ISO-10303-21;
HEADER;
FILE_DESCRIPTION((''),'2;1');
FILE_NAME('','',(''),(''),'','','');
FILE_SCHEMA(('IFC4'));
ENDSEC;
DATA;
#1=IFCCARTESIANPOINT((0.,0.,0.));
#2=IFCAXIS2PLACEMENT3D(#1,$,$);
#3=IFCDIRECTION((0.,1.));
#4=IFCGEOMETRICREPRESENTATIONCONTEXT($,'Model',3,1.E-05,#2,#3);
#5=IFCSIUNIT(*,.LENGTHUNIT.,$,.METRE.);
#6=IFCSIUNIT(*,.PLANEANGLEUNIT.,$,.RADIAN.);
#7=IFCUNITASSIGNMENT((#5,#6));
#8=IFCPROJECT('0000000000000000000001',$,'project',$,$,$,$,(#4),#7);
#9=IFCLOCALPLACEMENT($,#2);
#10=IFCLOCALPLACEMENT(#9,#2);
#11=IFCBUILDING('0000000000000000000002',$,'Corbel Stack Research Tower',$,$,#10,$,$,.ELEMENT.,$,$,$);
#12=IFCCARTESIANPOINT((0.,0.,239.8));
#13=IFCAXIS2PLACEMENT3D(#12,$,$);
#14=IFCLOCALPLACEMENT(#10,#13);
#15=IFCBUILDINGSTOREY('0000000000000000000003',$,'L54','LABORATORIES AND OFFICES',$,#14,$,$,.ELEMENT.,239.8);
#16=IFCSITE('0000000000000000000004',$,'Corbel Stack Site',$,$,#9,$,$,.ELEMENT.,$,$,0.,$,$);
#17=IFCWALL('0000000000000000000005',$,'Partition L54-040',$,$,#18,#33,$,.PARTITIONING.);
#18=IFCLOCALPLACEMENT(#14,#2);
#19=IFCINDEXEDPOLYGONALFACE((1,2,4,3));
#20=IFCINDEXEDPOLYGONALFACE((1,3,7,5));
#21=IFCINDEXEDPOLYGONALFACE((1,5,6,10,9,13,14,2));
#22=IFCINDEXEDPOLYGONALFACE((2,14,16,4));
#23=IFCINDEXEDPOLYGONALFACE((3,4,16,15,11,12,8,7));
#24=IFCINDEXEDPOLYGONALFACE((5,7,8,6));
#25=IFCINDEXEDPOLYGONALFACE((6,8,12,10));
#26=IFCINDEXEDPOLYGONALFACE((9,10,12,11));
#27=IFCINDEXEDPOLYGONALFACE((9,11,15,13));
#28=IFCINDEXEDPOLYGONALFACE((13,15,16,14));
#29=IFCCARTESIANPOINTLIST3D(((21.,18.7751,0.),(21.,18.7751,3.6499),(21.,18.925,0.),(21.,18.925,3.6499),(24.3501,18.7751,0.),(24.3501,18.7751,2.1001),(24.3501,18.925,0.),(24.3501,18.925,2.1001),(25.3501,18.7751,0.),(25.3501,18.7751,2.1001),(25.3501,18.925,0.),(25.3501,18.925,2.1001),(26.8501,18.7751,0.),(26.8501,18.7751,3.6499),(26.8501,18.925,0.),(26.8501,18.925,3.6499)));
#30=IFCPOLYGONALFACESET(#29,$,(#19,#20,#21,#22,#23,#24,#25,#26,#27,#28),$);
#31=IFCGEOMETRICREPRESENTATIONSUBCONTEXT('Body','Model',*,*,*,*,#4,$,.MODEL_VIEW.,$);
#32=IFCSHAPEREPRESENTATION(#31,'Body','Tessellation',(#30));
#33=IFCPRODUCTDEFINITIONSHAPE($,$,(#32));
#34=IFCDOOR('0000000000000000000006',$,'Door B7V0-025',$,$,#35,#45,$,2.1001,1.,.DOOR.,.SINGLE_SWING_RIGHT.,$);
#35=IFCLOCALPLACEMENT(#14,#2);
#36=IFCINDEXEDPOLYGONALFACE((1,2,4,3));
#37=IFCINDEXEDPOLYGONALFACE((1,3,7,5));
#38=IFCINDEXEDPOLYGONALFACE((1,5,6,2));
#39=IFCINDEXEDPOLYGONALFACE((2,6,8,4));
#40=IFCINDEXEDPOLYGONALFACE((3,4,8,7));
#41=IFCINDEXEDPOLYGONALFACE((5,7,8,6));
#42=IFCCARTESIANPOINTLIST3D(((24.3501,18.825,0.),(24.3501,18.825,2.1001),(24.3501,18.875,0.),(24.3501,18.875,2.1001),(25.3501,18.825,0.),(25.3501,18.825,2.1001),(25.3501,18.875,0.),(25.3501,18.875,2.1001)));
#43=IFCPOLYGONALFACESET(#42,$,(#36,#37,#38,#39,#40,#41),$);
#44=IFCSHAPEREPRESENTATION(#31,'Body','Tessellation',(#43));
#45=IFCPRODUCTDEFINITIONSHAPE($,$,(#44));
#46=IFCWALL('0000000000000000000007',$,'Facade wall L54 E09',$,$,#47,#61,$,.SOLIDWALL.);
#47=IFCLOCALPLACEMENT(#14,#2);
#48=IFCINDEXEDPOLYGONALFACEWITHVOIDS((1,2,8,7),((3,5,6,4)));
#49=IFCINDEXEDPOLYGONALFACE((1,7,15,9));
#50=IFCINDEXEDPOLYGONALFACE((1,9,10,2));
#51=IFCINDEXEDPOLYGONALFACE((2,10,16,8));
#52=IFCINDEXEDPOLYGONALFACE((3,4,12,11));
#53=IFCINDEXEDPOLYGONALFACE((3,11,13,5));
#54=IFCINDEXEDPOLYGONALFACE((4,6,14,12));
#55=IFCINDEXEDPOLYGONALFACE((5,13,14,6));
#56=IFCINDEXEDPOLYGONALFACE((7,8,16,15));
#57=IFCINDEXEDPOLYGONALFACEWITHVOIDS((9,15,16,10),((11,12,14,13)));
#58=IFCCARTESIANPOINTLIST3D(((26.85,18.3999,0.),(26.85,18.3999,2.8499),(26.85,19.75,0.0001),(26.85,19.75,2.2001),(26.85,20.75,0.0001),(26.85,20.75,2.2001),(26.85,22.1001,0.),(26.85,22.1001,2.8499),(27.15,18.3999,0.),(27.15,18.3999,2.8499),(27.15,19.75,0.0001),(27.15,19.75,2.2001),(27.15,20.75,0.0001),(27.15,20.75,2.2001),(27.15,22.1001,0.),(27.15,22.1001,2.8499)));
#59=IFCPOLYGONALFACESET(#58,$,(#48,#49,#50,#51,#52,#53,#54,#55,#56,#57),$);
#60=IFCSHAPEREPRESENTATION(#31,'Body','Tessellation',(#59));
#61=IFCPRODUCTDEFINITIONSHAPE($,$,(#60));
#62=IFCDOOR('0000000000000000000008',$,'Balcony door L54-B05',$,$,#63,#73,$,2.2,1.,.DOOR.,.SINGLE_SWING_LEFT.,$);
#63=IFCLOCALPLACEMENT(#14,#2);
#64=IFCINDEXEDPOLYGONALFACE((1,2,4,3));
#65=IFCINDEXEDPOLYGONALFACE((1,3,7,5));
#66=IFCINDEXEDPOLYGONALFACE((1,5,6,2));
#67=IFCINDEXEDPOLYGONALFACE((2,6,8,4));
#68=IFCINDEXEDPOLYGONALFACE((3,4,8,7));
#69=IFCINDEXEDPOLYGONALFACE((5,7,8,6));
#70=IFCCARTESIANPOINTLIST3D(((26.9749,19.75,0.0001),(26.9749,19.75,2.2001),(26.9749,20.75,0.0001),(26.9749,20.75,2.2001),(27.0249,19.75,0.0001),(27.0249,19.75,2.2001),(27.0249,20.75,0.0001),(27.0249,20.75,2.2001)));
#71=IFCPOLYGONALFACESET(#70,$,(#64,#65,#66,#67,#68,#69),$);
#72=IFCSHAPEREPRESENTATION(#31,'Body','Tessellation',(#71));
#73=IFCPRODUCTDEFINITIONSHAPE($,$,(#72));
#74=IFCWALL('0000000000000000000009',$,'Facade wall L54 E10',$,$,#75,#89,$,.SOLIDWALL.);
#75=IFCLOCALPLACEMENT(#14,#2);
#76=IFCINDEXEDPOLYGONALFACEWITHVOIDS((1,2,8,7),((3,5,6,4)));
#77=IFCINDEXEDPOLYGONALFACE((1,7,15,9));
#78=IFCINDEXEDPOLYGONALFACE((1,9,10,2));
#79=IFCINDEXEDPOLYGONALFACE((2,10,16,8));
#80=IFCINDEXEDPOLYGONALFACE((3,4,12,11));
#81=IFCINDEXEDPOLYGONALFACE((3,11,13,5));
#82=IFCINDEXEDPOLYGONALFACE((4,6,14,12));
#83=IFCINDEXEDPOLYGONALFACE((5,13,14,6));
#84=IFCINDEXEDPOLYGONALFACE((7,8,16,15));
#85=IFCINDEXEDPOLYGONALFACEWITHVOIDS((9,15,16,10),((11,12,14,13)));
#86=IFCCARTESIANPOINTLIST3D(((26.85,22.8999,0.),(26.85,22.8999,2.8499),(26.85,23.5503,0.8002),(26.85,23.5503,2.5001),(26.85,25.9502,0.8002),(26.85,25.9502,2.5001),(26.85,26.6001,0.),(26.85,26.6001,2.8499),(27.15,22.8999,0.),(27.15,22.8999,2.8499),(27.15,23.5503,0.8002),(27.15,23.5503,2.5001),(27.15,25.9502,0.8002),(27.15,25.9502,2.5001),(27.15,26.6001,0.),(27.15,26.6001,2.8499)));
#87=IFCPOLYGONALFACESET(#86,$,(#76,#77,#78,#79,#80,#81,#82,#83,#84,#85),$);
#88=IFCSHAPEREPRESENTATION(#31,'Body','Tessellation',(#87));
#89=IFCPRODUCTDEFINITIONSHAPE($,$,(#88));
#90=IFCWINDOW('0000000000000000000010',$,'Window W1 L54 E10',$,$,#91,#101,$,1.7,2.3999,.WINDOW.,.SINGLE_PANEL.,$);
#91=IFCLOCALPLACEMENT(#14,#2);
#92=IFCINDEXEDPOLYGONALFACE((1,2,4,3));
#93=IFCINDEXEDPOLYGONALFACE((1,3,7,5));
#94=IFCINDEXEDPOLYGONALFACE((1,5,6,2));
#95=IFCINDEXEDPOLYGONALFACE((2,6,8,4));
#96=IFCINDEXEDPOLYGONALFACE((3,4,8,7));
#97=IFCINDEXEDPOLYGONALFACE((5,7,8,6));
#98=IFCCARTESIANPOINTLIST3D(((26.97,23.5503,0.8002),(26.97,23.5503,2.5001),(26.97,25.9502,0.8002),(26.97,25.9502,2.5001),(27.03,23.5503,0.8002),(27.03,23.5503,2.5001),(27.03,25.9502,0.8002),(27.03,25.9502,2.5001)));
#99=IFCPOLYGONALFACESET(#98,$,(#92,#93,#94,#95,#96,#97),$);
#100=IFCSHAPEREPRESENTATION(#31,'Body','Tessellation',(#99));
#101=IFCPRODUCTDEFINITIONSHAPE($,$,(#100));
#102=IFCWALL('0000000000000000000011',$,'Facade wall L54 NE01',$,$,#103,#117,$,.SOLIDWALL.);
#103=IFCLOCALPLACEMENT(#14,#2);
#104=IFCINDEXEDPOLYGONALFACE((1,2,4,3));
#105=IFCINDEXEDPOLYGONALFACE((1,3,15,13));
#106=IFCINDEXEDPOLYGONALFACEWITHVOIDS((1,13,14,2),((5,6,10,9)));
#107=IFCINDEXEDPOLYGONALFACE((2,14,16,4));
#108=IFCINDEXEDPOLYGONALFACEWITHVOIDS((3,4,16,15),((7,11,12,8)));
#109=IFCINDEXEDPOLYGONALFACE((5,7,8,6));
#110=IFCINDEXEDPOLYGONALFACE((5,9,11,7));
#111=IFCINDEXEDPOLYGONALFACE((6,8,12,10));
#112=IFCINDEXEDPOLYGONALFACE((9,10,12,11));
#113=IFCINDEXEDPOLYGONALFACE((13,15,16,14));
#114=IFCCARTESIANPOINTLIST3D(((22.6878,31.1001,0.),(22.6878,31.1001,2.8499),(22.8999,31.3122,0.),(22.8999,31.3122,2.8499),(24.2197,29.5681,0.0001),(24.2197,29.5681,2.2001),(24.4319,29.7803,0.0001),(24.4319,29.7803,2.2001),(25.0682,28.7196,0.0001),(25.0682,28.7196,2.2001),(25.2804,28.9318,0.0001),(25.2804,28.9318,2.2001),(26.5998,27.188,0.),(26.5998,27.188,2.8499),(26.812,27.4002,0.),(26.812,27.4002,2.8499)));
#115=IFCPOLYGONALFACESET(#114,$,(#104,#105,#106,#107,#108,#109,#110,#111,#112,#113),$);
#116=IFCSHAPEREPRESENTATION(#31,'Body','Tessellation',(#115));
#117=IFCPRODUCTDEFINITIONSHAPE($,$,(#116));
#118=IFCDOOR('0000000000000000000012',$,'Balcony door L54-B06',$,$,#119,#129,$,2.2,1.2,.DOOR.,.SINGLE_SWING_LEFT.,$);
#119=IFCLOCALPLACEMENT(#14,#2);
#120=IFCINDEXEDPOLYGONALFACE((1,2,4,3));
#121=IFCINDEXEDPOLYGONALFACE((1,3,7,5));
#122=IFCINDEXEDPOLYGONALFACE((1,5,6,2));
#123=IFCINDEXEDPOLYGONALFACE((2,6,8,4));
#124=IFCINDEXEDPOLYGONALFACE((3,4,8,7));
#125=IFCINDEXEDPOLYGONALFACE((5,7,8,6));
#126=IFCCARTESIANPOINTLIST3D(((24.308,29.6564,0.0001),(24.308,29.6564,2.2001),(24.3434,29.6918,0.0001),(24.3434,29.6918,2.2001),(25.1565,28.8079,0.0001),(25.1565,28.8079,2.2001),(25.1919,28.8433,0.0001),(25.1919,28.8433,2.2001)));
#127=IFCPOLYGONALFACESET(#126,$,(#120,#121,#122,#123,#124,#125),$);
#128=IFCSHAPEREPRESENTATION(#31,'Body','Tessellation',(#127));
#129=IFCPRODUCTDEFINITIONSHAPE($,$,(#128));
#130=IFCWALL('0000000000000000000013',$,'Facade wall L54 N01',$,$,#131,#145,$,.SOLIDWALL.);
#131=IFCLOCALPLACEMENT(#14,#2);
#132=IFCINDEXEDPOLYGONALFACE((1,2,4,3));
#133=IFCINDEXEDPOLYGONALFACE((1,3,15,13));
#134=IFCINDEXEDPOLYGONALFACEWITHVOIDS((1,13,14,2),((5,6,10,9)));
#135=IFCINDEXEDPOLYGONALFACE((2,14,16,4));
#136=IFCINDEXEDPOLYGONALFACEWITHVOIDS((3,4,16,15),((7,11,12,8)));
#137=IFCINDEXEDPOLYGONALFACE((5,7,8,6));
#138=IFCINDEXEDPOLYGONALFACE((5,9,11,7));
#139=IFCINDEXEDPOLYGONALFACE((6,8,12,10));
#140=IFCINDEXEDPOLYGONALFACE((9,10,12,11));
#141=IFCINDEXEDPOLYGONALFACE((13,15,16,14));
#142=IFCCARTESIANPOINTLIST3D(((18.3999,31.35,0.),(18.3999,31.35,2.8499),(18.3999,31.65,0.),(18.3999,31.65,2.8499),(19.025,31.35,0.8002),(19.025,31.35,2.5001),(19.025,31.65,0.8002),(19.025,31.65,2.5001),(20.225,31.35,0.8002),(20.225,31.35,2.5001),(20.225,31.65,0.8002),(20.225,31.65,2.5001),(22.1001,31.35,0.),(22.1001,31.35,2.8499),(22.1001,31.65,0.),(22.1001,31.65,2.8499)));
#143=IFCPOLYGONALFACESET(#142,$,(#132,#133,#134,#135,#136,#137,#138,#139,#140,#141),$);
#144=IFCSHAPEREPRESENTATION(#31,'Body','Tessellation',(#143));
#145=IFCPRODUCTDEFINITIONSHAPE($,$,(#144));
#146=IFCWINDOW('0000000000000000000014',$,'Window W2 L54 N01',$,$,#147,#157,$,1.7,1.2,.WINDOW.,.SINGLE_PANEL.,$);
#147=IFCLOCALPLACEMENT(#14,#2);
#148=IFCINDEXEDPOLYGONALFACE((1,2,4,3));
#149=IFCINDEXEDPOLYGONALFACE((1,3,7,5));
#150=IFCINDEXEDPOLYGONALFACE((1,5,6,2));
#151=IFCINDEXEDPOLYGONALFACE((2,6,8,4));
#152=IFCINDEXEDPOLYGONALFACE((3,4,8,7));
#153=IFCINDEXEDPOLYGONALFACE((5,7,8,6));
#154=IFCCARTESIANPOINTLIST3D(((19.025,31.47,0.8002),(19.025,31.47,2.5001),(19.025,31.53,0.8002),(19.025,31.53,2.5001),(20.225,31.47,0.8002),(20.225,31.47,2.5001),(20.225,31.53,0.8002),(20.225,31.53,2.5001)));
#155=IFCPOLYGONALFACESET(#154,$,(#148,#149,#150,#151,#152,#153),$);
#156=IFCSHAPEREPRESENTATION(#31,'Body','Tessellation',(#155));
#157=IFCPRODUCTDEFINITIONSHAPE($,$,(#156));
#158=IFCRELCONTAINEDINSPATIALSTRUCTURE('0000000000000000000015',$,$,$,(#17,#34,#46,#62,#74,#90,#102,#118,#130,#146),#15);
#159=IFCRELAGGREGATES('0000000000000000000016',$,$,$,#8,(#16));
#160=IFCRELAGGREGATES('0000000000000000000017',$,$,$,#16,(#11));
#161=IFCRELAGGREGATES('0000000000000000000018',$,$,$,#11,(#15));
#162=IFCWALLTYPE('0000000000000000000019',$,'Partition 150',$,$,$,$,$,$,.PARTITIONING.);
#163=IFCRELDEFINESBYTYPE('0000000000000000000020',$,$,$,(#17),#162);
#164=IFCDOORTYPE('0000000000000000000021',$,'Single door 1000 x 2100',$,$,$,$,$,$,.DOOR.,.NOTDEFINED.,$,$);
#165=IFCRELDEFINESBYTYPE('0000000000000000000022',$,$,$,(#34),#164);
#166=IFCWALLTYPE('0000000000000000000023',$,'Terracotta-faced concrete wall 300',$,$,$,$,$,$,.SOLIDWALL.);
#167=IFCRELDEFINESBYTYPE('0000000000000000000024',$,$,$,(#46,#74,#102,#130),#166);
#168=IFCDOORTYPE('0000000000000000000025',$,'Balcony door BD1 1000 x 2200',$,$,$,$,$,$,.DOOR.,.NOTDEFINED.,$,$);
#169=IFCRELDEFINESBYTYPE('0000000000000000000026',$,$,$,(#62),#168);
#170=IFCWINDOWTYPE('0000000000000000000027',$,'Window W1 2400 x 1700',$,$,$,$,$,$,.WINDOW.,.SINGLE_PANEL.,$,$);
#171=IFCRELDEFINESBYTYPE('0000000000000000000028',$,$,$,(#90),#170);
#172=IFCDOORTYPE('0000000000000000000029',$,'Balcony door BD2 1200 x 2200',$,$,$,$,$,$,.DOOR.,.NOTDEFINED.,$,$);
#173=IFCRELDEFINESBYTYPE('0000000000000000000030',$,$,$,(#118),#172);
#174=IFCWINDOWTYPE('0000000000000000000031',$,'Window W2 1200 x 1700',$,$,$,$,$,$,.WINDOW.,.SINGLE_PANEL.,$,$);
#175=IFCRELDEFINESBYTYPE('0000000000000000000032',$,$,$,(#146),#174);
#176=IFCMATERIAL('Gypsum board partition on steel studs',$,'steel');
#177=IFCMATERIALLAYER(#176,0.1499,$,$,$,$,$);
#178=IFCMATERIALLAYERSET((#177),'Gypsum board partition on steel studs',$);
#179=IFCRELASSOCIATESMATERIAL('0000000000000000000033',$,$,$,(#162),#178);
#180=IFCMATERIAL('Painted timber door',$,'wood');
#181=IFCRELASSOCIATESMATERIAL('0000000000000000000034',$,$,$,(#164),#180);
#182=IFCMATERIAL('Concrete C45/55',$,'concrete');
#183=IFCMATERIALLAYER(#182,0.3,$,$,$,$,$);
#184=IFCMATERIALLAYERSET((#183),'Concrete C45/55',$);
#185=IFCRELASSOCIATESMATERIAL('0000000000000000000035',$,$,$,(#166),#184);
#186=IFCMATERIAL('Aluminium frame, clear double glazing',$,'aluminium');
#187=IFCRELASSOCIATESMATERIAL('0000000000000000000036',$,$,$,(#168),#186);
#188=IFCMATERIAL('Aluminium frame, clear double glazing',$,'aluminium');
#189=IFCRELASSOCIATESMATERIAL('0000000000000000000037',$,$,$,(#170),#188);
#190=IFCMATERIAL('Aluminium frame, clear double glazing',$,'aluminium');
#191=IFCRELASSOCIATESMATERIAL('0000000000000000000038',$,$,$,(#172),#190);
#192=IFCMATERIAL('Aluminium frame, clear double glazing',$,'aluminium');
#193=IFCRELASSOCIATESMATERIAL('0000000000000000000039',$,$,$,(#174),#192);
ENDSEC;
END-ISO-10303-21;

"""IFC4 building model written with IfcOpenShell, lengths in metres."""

from ifc_helpers import new_model, si_unit, direction, frame, frame_2d, origin, place, context, subcontext, project, spatial, rectangle, extrude, material, layer, layer_set, type_object, element, fill, save


model = new_model("IFC4")

# Units and contexts
model_context = context("Model", 3, precision=1e-05, world=origin(), true_north=direction((0.0, 1.0)))
body_context = subcontext(model_context, "Body", "Model", "MODEL_VIEW")
ifc_project = project(units=[si_unit("LENGTHUNIT", "METRE"), si_unit("PLANEANGLEUNIT", "RADIAN")], contexts=[model_context])

# Site, building, storey
site_placement = place(None, origin())
site = spatial("IfcSite", under=ifc_project, at=site_placement, Name="Corbel Stack Site", CompositionType="ELEMENT", RefElevation=0.0)
building_placement = place(site_placement, origin())
building = spatial("IfcBuilding", under=site, at=building_placement, Name="Corbel Stack Research Tower", CompositionType="ELEMENT")
storey_placement = place(building_placement, frame((0.0, 0.0, 239.8)))
storey = spatial("IfcBuildingStorey", under=building, at=storey_placement, Name="L54", Description="LABORATORIES AND OFFICES", CompositionType="ELEMENT", Elevation=239.8)

# Walls, openings, doors
ifc_material_1 = material(Name="Gypsum board partition on steel studs", Category="steel")
ifc_layer_1 = layer(ifc_material_1, 0.1499)
ifc_layer_set_1 = layer_set([ifc_layer_1], Name="Gypsum board partition on steel studs")
wall_type_1 = type_object("IfcWallType", Name="Partition 150", PredefinedType="PARTITIONING", material=ifc_layer_set_1)
wall_1_placement = place(storey_placement, frame((21.0, 18.8501, 0.0), z_axis=(0.0, 0.0, 1.0), x_axis=(1.0, 0.0, 0.0)))
wall_1 = element("IfcWall", 1, at=wall_1_placement, inside=storey, type_object=wall_type_1, Name="Partition L54-040", PredefinedType="PARTITIONING", context=body_context, shape_type="SweptSolid", body=[
    extrude(rectangle(XDim=5.8501, YDim=0.1499, at=frame_2d((2.925, 0.0))), origin(), (0.0, 0.0, 1.0), 3.6499),
])
opening_1_placement = place(wall_1_placement, frame((3.3501, 0.0, 0.0)))
opening_1 = element("IfcOpeningElement", 2, at=opening_1_placement, cuts=wall_1, PredefinedType="OPENING", context=body_context, shape_type="SweptSolid", body=[
    extrude(rectangle(XDim=1.0, YDim=2.1001, at=frame_2d((0.5, 1.05))), frame((0.0, 0.085, 0.0), z_axis=(0.0, -1.0, 0.0), x_axis=(1.0, 0.0, 0.0)), (0.0, 0.0, 1.0), 0.1699),
])
ifc_material_2 = material(Name="Painted timber door", Category="wood")
door_type_1 = type_object("IfcDoorType", Name="Single door 1000 x 2100", OperationType="NOTDEFINED", PredefinedType="DOOR", material=ifc_material_2)
door_1_placement = place(opening_1_placement, origin())
door_1 = element("IfcDoor", 3, at=door_1_placement, inside=storey, type_object=door_type_1, Name="Door B7V0-025", OperationType="SINGLE_SWING_RIGHT", OverallHeight=2.1001, OverallWidth=1.0, PredefinedType="DOOR", context=body_context, shape_type="SweptSolid", body=[
    extrude(rectangle(XDim=1.0, YDim=2.1001, at=frame_2d((0.5, 1.05))), frame((0.0, 0.0249, 0.0), z_axis=(0.0, -1.0, 0.0), x_axis=(1.0, 0.0, 0.0)), (0.0, 0.0, 1.0), 0.05),
])
fill(opening_1, door_1)
ifc_material_3 = material(Name="Concrete C45/55", Category="concrete")
ifc_layer_2 = layer(ifc_material_3, 0.3)
ifc_layer_set_2 = layer_set([ifc_layer_2], Name="Concrete C45/55")
wall_type_2 = type_object("IfcWallType", Name="Terracotta-faced concrete wall 300", PredefinedType="SOLIDWALL", material=ifc_layer_set_2)
wall_2_placement = place(storey_placement, frame((27.0, 22.1001, 0.0), z_axis=(0.0, 0.0, 1.0), x_axis=(0.0, -1.0, 0.0)))
wall_2 = element("IfcWall", 4, at=wall_2_placement, inside=storey, type_object=wall_type_2, Name="Facade wall L54 E09", PredefinedType="SOLIDWALL", context=body_context, shape_type="SweptSolid", body=[
    extrude(rectangle(XDim=3.7002, YDim=0.3, at=frame_2d((1.8501, 0.0))), origin(), (0.0, 0.0, 1.0), 2.8499),
])
opening_2_placement = place(wall_2_placement, frame((1.3501, 0.0, 0.0)))
opening_2 = element("IfcOpeningElement", 5, at=opening_2_placement, cuts=wall_2, PredefinedType="OPENING", context=body_context, shape_type="SweptSolid", body=[
    extrude(rectangle(XDim=1.0, YDim=2.2, at=frame_2d((0.5, 1.1001))), frame((0.0, 0.1599, 0.0), z_axis=(0.0, -1.0, 0.0), x_axis=(1.0, 0.0, 0.0)), (0.0, 0.0, 1.0), 0.3201),
])
ifc_material_4 = material(Name="Aluminium frame, clear double glazing", Category="aluminium")
door_type_2 = type_object("IfcDoorType", Name="Balcony door BD1 1000 x 2200", OperationType="NOTDEFINED", PredefinedType="DOOR", material=ifc_material_4)
door_2_placement = place(opening_2_placement, origin())
door_2 = element("IfcDoor", 6, at=door_2_placement, inside=storey, type_object=door_type_2, Name="Balcony door L54-B05", OperationType="SINGLE_SWING_LEFT", OverallHeight=2.2, OverallWidth=1.0, PredefinedType="DOOR", context=body_context, shape_type="SweptSolid", body=[
    extrude(rectangle(XDim=1.0, YDim=2.2, at=frame_2d((0.5, 1.1001))), frame((0.0, 0.0249, 0.0), z_axis=(0.0, -1.0, 0.0), x_axis=(1.0, 0.0, 0.0)), (0.0, 0.0, 1.0), 0.05),
])
fill(opening_2, door_2)

# Wall, opening, window
wall_3_placement = place(storey_placement, frame((27.0, 26.6001, 0.0), z_axis=(0.0, 0.0, 1.0), x_axis=(0.0, -1.0, 0.0)))
wall_3 = element("IfcWall", 7, at=wall_3_placement, inside=storey, type_object=wall_type_2, Name="Facade wall L54 E10", PredefinedType="SOLIDWALL", context=body_context, shape_type="SweptSolid", body=[
    extrude(rectangle(XDim=3.7002, YDim=0.3, at=frame_2d((1.8501, 0.0))), origin(), (0.0, 0.0, 1.0), 2.8499),
])
opening_3_placement = place(wall_3_placement, frame((0.6499, 0.0, 0.8)))
opening_3 = element("IfcOpeningElement", 8, at=opening_3_placement, cuts=wall_3, PredefinedType="OPENING", context=body_context, shape_type="SweptSolid", body=[
    extrude(rectangle(XDim=2.3999, YDim=1.7, at=frame_2d((1.2, 0.8501))), frame((0.0, 0.1599, 0.0), z_axis=(0.0, -1.0, 0.0), x_axis=(1.0, 0.0, 0.0)), (0.0, 0.0, 1.0), 0.3201),
])
ifc_material_5 = material(Name="Aluminium frame, clear double glazing", Category="aluminium")
window_type_1 = type_object("IfcWindowType", Name="Window W1 2400 x 1700", PartitioningType="SINGLE_PANEL", PredefinedType="WINDOW", material=ifc_material_5)
window_1_placement = place(opening_3_placement, origin())
window_1 = element("IfcWindow", 9, at=window_1_placement, inside=storey, type_object=window_type_1, Name="Window W1 L54 E10", OverallHeight=1.7, OverallWidth=2.3999, PartitioningType="SINGLE_PANEL", PredefinedType="WINDOW", context=body_context, shape_type="SweptSolid", body=[
    extrude(rectangle(XDim=2.3999, YDim=1.7, at=frame_2d((1.2, 0.8501))), frame((0.0, 0.03, 0.0), z_axis=(0.0, -1.0, 0.0), x_axis=(1.0, 0.0, 0.0)), (0.0, 0.0, 1.0), 0.0601),
])
fill(opening_3, window_1)

# Wall, opening, door
wall_4_placement = place(storey_placement, frame((22.7939, 31.2061, 0.0), z_axis=(0.0, 0.0, 1.0), x_axis=(0.707107, -0.707107, 0.0)))
wall_4 = element("IfcWall", 10, at=wall_4_placement, inside=storey, type_object=wall_type_2, Name="Facade wall L54 NE01", PredefinedType="SOLIDWALL", context=body_context, shape_type="SweptSolid", body=[
    extrude(rectangle(XDim=5.5325, YDim=0.3, at=frame_2d((2.7661, 0.0))), origin(), (0.0, 0.0, 1.0), 2.8499),
])
opening_4_placement = place(wall_4_placement, frame((2.1663, 0.0, 0.0)))
opening_4 = element("IfcOpeningElement", 11, at=opening_4_placement, cuts=wall_4, PredefinedType="OPENING", context=body_context, shape_type="SweptSolid", body=[
    extrude(rectangle(XDim=1.2, YDim=2.2, at=frame_2d((0.6001, 1.1001))), frame((0.0, 0.1599, 0.0), z_axis=(0.0, -1.0, 0.0), x_axis=(1.0, 0.0, 0.0)), (0.0, 0.0, 1.0), 0.3201),
])
ifc_material_6 = material(Name="Aluminium frame, clear double glazing", Category="aluminium")
door_type_3 = type_object("IfcDoorType", Name="Balcony door BD2 1200 x 2200", OperationType="NOTDEFINED", PredefinedType="DOOR", material=ifc_material_6)
door_3_placement = place(opening_4_placement, origin())
door_3 = element("IfcDoor", 12, at=door_3_placement, inside=storey, type_object=door_type_3, Name="Balcony door L54-B06", OperationType="SINGLE_SWING_LEFT", OverallHeight=2.2, OverallWidth=1.2, PredefinedType="DOOR", context=body_context, shape_type="SweptSolid", body=[
    extrude(rectangle(XDim=1.2, YDim=2.2, at=frame_2d((0.6001, 1.1001))), frame((0.0, 0.0249, 0.0), z_axis=(0.0, -1.0, 0.0), x_axis=(1.0, 0.0, 0.0)), (0.0, 0.0, 1.0), 0.05),
])
fill(opening_4, door_3)

# Wall, opening, window
wall_5_placement = place(storey_placement, frame((18.3999, 31.5, 0.0), z_axis=(0.0, 0.0, 1.0), x_axis=(1.0, 0.0, 0.0)))
wall_5 = element("IfcWall", 13, at=wall_5_placement, inside=storey, type_object=wall_type_2, Name="Facade wall L54 N01", PredefinedType="SOLIDWALL", context=body_context, shape_type="SweptSolid", body=[
    extrude(rectangle(XDim=3.7002, YDim=0.3, at=frame_2d((1.8501, 0.0))), origin(), (0.0, 0.0, 1.0), 2.8499),
])
opening_5_placement = place(wall_5_placement, frame((0.625, 0.0, 0.8)))
opening_5 = element("IfcOpeningElement", 14, at=opening_5_placement, cuts=wall_5, PredefinedType="OPENING", context=body_context, shape_type="SweptSolid", body=[
    extrude(rectangle(XDim=1.2, YDim=1.7, at=frame_2d((0.6001, 0.8501))), frame((0.0, 0.1599, 0.0), z_axis=(0.0, -1.0, 0.0), x_axis=(1.0, 0.0, 0.0)), (0.0, 0.0, 1.0), 0.3201),
])
ifc_material_7 = material(Name="Aluminium frame, clear double glazing", Category="aluminium")
window_type_2 = type_object("IfcWindowType", Name="Window W2 1200 x 1700", PartitioningType="SINGLE_PANEL", PredefinedType="WINDOW", material=ifc_material_7)
window_2_placement = place(opening_5_placement, origin())
window_2 = element("IfcWindow", 15, at=window_2_placement, inside=storey, type_object=window_type_2, Name="Window W2 L54 N01", OverallHeight=1.7, OverallWidth=1.2, PartitioningType="SINGLE_PANEL", PredefinedType="WINDOW", context=body_context, shape_type="SweptSolid", body=[
    extrude(rectangle(XDim=1.2, YDim=1.7, at=frame_2d((0.6001, 0.8501))), frame((0.0, 0.03, 0.0), z_axis=(0.0, -1.0, 0.0), x_axis=(1.0, 0.0, 0.0)), (0.0, 0.0, 1.0), 0.0601),
])
fill(opening_5, window_2)

save(model, "model.ifc")
